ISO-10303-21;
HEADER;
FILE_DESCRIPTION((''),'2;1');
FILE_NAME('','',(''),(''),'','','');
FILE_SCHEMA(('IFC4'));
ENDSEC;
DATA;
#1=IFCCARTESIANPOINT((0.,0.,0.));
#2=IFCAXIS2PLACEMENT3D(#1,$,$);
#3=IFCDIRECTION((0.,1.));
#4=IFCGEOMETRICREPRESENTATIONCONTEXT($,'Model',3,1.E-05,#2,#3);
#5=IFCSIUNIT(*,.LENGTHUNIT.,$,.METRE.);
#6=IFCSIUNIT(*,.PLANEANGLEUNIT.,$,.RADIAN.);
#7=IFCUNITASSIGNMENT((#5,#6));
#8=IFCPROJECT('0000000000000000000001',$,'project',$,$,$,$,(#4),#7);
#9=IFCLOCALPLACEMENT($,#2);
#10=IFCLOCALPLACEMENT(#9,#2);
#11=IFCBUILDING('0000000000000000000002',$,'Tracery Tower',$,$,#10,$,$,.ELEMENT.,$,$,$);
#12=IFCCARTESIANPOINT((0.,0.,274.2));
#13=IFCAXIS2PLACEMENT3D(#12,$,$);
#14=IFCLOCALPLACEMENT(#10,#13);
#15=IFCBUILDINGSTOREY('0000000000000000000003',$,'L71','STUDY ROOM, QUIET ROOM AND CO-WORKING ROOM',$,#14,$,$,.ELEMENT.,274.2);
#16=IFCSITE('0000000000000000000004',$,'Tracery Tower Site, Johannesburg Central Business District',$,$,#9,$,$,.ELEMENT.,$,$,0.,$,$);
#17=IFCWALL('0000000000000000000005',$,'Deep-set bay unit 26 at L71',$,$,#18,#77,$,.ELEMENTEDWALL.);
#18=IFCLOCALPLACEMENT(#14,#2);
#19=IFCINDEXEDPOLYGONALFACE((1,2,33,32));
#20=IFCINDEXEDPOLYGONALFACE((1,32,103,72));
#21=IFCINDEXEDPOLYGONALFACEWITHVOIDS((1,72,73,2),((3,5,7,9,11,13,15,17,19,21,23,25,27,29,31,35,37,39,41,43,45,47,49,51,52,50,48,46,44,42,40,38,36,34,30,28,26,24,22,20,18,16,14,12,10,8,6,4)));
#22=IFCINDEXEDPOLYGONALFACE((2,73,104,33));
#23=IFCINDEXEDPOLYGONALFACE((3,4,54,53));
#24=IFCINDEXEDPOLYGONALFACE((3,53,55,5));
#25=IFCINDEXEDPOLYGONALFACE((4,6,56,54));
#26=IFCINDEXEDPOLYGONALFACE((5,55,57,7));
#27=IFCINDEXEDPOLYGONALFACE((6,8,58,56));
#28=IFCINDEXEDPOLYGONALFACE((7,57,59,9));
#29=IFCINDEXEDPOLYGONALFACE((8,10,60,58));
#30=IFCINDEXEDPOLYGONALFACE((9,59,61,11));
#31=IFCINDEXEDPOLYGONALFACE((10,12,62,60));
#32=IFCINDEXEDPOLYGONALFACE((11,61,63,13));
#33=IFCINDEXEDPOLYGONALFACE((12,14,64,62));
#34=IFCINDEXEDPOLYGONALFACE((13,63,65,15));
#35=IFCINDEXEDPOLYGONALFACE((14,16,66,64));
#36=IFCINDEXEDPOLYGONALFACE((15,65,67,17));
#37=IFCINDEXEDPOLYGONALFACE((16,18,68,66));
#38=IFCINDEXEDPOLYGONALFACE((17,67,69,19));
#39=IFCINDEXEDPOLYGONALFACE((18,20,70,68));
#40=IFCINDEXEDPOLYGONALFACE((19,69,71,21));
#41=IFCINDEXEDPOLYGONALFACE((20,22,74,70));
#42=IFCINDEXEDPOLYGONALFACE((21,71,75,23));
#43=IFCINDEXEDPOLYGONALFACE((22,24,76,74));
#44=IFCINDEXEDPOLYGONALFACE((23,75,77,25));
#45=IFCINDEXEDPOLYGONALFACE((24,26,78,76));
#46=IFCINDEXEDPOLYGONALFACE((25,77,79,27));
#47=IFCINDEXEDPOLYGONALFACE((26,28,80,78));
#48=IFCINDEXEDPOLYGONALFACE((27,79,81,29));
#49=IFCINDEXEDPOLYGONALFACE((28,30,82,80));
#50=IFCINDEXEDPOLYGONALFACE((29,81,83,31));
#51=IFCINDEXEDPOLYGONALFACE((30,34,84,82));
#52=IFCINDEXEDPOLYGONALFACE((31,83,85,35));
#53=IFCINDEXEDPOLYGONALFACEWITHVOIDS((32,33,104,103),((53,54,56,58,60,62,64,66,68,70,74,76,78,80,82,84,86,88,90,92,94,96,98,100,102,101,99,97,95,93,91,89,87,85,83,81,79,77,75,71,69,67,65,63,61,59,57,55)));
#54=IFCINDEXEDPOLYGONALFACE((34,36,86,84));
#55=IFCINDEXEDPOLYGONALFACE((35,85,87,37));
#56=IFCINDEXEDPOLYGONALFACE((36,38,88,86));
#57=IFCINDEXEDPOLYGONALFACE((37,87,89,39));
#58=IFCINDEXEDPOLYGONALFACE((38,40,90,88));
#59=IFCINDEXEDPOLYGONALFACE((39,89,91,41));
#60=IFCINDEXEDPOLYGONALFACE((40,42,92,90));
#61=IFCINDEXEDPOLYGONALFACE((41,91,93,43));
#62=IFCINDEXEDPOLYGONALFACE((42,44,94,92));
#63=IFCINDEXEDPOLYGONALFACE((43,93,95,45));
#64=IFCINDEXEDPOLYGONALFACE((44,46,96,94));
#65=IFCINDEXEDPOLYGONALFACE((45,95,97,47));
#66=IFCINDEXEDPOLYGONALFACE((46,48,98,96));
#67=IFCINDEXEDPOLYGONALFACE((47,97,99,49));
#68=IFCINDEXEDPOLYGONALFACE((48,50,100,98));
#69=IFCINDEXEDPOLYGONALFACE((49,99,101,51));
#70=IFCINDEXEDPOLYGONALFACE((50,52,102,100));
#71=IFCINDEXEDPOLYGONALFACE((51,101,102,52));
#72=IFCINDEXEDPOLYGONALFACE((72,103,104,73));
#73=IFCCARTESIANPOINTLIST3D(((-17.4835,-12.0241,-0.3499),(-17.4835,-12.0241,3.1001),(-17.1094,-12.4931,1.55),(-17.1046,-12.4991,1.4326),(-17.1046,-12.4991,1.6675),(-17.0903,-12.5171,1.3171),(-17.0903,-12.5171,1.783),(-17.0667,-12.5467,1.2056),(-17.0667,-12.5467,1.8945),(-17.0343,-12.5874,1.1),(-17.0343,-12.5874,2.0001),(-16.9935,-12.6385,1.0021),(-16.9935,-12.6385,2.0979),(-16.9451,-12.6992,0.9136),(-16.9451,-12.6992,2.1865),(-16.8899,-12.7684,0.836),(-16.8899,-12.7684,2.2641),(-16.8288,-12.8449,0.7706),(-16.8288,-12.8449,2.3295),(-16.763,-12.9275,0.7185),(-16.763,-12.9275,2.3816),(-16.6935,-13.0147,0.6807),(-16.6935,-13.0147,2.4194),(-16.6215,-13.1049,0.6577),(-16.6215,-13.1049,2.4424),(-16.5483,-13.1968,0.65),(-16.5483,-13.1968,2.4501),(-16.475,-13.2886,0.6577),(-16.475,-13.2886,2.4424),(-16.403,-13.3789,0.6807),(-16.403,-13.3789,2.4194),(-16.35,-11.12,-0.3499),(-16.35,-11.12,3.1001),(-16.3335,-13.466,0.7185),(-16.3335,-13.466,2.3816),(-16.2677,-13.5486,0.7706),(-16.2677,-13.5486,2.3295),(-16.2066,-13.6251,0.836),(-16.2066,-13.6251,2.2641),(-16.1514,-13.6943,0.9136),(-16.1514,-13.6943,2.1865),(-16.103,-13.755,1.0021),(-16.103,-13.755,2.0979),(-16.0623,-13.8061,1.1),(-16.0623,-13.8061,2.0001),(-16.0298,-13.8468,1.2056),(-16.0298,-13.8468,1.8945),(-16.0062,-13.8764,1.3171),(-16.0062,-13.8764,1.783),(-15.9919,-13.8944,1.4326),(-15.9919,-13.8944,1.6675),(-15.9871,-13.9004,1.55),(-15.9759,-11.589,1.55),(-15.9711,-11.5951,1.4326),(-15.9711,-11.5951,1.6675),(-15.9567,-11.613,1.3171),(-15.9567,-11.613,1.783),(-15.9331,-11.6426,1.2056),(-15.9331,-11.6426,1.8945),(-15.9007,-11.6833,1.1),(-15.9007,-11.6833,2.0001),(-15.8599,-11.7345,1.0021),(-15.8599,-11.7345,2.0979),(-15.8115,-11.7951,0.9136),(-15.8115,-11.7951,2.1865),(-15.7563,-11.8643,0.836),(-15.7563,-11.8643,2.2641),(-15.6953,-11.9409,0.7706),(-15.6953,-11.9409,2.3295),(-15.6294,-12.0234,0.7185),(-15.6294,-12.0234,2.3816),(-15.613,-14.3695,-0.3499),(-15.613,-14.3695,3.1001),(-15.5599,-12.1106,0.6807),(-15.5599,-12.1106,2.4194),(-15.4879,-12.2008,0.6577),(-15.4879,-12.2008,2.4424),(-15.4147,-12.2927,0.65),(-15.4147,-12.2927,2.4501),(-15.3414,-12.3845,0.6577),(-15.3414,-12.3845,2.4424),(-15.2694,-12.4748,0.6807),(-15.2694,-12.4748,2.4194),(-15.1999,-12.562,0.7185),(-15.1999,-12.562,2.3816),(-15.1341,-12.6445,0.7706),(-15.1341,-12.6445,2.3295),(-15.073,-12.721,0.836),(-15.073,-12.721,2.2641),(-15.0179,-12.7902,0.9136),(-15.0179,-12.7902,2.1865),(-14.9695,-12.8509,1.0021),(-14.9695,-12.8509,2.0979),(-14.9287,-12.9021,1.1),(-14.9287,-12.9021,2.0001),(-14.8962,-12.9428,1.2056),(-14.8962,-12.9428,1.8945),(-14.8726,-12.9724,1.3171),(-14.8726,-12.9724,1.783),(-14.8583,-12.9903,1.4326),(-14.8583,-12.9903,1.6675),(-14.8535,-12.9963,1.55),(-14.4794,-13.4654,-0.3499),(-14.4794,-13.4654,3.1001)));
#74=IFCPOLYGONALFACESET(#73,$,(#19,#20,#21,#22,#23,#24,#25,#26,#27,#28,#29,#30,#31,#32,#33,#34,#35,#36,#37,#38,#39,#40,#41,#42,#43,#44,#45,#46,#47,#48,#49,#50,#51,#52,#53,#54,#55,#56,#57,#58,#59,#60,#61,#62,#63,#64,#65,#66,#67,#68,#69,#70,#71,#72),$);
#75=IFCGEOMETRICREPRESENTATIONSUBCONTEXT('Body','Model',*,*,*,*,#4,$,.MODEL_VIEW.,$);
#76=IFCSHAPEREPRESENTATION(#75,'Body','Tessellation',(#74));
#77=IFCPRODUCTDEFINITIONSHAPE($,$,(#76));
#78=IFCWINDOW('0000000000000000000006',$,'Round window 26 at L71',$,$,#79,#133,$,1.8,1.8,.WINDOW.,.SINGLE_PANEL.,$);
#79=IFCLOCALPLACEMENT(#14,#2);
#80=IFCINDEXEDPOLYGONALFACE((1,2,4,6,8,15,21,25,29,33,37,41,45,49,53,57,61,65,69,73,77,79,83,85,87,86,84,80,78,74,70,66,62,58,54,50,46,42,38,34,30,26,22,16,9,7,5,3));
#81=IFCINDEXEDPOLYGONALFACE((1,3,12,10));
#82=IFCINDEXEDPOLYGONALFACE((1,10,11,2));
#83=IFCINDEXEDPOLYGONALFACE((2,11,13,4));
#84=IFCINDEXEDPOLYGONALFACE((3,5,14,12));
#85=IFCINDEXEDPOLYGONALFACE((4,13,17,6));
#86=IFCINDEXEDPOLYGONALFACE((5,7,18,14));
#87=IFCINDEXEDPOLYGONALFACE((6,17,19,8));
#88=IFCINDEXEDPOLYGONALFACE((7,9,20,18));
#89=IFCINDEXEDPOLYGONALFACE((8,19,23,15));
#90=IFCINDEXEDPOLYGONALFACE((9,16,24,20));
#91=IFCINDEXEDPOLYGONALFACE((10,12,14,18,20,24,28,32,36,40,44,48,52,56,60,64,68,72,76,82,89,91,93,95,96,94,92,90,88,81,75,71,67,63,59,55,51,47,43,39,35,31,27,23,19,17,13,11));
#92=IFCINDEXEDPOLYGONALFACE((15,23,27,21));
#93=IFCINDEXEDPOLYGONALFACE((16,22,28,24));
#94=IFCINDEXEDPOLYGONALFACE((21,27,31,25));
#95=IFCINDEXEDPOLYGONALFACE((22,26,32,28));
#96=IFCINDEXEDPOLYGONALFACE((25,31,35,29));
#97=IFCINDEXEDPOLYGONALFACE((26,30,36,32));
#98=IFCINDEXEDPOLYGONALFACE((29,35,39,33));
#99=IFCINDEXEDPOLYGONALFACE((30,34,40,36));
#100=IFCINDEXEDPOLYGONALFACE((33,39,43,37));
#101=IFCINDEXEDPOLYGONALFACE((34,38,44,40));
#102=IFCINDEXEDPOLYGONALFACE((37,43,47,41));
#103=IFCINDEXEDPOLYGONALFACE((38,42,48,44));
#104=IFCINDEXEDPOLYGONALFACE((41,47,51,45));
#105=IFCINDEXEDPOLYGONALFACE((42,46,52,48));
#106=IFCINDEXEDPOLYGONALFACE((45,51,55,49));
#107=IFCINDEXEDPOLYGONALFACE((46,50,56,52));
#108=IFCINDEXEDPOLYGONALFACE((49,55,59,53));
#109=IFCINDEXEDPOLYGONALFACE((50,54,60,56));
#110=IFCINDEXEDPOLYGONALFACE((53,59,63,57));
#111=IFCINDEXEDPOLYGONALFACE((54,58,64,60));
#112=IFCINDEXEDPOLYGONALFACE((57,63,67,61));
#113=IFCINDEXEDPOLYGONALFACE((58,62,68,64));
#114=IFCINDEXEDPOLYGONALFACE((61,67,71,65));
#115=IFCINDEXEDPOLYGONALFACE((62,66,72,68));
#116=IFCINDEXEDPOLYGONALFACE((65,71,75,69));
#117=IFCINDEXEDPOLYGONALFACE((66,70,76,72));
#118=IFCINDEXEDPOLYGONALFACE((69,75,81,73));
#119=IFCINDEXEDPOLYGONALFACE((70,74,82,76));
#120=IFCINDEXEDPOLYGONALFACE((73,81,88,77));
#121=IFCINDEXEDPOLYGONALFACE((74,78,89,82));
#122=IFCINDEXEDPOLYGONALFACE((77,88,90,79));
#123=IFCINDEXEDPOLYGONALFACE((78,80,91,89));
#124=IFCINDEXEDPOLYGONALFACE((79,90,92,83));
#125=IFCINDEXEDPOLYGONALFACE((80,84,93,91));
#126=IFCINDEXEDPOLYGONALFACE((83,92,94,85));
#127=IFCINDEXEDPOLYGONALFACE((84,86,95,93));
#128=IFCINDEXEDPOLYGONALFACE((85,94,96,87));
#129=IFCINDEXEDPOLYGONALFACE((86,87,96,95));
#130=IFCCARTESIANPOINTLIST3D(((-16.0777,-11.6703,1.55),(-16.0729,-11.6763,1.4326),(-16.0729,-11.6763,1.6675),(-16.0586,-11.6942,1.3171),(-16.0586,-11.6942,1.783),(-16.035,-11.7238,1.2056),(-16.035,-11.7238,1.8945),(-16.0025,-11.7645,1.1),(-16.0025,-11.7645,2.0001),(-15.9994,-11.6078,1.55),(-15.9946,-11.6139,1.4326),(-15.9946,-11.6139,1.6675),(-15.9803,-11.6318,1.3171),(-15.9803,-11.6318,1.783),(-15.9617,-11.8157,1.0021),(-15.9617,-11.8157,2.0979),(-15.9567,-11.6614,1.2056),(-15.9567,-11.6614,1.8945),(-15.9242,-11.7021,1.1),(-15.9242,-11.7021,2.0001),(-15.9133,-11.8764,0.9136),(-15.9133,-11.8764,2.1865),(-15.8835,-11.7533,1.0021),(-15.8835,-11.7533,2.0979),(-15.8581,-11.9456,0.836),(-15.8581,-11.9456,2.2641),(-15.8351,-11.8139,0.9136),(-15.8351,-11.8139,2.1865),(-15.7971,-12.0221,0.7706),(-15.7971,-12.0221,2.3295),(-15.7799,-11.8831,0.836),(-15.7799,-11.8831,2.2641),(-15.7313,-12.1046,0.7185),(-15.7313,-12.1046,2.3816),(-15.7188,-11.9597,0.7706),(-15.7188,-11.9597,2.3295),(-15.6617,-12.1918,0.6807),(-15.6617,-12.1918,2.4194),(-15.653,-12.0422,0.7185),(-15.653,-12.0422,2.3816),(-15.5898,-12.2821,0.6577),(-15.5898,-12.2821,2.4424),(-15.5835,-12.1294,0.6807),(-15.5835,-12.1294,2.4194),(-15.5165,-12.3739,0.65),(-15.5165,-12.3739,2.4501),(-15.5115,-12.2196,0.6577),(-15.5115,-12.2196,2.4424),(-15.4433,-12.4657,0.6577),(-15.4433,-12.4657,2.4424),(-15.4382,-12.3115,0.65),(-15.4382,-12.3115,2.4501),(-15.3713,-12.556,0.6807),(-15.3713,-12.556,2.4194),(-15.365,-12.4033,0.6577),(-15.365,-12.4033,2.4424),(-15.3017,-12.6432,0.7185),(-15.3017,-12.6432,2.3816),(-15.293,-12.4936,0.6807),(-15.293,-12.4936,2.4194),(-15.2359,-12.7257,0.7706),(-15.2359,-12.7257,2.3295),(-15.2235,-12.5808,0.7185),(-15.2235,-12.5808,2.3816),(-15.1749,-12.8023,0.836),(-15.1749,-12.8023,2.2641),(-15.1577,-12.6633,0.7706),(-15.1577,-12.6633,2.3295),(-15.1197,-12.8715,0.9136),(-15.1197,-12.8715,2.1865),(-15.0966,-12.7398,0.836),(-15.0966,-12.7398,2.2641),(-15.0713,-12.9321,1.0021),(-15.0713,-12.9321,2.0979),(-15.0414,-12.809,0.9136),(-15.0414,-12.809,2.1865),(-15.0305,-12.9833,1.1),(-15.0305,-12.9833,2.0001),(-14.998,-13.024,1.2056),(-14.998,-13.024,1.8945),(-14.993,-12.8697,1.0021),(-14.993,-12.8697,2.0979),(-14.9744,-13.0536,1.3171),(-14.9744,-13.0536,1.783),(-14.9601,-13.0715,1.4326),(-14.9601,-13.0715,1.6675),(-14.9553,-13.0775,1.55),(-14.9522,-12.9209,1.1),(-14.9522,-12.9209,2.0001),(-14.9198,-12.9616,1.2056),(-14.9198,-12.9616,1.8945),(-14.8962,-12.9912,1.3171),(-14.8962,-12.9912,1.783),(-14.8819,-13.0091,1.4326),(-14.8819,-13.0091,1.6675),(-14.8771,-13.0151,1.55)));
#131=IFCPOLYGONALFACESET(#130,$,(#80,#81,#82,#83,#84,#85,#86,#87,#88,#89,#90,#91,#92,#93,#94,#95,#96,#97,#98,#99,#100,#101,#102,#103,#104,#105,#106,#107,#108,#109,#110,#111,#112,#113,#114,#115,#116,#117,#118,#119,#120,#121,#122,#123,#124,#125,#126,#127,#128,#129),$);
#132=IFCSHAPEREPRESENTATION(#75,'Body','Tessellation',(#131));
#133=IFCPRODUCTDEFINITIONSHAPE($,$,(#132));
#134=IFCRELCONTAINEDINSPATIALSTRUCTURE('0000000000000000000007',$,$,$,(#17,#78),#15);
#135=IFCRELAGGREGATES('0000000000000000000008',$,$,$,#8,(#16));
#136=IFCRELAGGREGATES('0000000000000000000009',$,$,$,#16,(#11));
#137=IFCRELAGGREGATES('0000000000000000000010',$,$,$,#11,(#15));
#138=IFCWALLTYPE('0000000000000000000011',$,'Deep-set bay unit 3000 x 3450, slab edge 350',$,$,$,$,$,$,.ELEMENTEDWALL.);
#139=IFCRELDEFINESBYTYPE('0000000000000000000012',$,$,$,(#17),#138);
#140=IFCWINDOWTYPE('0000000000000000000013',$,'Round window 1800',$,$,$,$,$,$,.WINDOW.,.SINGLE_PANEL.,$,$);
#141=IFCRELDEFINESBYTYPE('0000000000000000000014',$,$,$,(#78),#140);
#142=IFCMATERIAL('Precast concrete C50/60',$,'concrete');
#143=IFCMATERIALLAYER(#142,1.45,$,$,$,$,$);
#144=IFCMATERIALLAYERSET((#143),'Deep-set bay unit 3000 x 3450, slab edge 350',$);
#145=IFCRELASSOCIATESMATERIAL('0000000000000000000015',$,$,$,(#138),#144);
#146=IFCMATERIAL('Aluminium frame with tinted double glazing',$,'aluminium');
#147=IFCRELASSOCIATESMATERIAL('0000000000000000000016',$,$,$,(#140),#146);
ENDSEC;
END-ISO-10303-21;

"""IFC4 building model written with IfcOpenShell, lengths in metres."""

from ifc_helpers import new_model, si_unit, direction, frame, frame_2d, origin, origin_2d, place, context, subcontext, project, spatial, rectangle, circle, extrude, material, layer, layer_set, type_object, element, fill, save


model = new_model("IFC4")

# Units and contexts
model_context = context("Model", 3, precision=1e-05, world=origin(), true_north=direction((0.0, 1.0)))
body_context = subcontext(model_context, "Body", "Model", "MODEL_VIEW")
ifc_project = project(units=[si_unit("LENGTHUNIT", "METRE"), si_unit("PLANEANGLEUNIT", "RADIAN")], contexts=[model_context])

# Site, building, storey
site_placement = place(None, origin())
site = spatial("IfcSite", under=ifc_project, at=site_placement, Name="Tracery Tower Site, Johannesburg Central Business District", CompositionType="ELEMENT", RefElevation=0.0)
building_placement = place(site_placement, origin())
building = spatial("IfcBuilding", under=site, at=building_placement, Name="Tracery Tower", CompositionType="ELEMENT")
storey_placement = place(building_placement, frame((0.0, 0.0, 274.2)))
storey = spatial("IfcBuildingStorey", under=building, at=storey_placement, Name="L71", Description="STUDY ROOM, QUIET ROOM AND CO-WORKING ROOM", CompositionType="ELEMENT", Elevation=274.2)

# Wall, opening, window
ifc_material_1 = material(Name="Precast concrete C50/60", Category="concrete")
ifc_layer_1 = layer(ifc_material_1, 1.45)
ifc_layer_set_1 = layer_set([ifc_layer_1], Name="Deep-set bay unit 3000 x 3450, slab edge 350")
wall_type_1 = type_object("IfcWallType", Name="Deep-set bay unit 3000 x 3450, slab edge 350", PredefinedType="ELEMENTEDWALL", material=ifc_layer_set_1)
wall_1_placement = place(storey_placement, frame((-16.9167, -11.572, -0.3499), z_axis=(0.0, 0.0, 1.0), x_axis=(0.623523, -0.781805, 0.0)))
wall_1 = element("IfcWall", 1, at=wall_1_placement, inside=storey, type_object=wall_type_1, Name="Deep-set bay unit 26 at L71", PredefinedType="ELEMENTEDWALL", context=body_context, shape_type="SweptSolid", body=[
    extrude(rectangle(XDim=3.0, YDim=1.45, at=frame_2d((1.5, 0.0))), origin(), (0.0, 0.0, 1.0), 3.45),
])
opening_1_placement = place(wall_1_placement, frame((1.5, 0.0, 1.8999)))
opening_1 = element("IfcOpeningElement", 2, at=opening_1_placement, cuts=wall_1, PredefinedType="OPENING", context=body_context, shape_type="SweptSolid", body=[
    extrude(circle(Radius=0.9, at=origin_2d()), frame((0.0, 0.7349, 0.0), z_axis=(0.0, -1.0, 0.0), x_axis=(1.0, 0.0, 0.0)), (0.0, 0.0, 1.0), 1.47),
])
ifc_material_2 = material(Name="Aluminium frame with tinted double glazing", Category="aluminium")
window_type = type_object("IfcWindowType", Name="Round window 1800", PartitioningType="SINGLE_PANEL", PredefinedType="WINDOW", material=ifc_material_2)
window_1_placement = place(opening_1_placement, origin())
window_1 = element("IfcWindow", 3, at=window_1_placement, inside=storey, type_object=window_type, Name="Round window 26 at L71", OverallHeight=1.8, OverallWidth=1.8, PartitioningType="SINGLE_PANEL", PredefinedType="WINDOW", context=body_context, shape_type="SweptSolid", body=[
    extrude(circle(Radius=0.9, at=origin_2d()), frame((0.0, 0.6948, 0.0), z_axis=(0.0, -1.0, 0.0), x_axis=(1.0, 0.0, 0.0)), (0.0, 0.0, 1.0), 0.1001),
])
fill(opening_1, window_1)

save(model, "model.ifc")
